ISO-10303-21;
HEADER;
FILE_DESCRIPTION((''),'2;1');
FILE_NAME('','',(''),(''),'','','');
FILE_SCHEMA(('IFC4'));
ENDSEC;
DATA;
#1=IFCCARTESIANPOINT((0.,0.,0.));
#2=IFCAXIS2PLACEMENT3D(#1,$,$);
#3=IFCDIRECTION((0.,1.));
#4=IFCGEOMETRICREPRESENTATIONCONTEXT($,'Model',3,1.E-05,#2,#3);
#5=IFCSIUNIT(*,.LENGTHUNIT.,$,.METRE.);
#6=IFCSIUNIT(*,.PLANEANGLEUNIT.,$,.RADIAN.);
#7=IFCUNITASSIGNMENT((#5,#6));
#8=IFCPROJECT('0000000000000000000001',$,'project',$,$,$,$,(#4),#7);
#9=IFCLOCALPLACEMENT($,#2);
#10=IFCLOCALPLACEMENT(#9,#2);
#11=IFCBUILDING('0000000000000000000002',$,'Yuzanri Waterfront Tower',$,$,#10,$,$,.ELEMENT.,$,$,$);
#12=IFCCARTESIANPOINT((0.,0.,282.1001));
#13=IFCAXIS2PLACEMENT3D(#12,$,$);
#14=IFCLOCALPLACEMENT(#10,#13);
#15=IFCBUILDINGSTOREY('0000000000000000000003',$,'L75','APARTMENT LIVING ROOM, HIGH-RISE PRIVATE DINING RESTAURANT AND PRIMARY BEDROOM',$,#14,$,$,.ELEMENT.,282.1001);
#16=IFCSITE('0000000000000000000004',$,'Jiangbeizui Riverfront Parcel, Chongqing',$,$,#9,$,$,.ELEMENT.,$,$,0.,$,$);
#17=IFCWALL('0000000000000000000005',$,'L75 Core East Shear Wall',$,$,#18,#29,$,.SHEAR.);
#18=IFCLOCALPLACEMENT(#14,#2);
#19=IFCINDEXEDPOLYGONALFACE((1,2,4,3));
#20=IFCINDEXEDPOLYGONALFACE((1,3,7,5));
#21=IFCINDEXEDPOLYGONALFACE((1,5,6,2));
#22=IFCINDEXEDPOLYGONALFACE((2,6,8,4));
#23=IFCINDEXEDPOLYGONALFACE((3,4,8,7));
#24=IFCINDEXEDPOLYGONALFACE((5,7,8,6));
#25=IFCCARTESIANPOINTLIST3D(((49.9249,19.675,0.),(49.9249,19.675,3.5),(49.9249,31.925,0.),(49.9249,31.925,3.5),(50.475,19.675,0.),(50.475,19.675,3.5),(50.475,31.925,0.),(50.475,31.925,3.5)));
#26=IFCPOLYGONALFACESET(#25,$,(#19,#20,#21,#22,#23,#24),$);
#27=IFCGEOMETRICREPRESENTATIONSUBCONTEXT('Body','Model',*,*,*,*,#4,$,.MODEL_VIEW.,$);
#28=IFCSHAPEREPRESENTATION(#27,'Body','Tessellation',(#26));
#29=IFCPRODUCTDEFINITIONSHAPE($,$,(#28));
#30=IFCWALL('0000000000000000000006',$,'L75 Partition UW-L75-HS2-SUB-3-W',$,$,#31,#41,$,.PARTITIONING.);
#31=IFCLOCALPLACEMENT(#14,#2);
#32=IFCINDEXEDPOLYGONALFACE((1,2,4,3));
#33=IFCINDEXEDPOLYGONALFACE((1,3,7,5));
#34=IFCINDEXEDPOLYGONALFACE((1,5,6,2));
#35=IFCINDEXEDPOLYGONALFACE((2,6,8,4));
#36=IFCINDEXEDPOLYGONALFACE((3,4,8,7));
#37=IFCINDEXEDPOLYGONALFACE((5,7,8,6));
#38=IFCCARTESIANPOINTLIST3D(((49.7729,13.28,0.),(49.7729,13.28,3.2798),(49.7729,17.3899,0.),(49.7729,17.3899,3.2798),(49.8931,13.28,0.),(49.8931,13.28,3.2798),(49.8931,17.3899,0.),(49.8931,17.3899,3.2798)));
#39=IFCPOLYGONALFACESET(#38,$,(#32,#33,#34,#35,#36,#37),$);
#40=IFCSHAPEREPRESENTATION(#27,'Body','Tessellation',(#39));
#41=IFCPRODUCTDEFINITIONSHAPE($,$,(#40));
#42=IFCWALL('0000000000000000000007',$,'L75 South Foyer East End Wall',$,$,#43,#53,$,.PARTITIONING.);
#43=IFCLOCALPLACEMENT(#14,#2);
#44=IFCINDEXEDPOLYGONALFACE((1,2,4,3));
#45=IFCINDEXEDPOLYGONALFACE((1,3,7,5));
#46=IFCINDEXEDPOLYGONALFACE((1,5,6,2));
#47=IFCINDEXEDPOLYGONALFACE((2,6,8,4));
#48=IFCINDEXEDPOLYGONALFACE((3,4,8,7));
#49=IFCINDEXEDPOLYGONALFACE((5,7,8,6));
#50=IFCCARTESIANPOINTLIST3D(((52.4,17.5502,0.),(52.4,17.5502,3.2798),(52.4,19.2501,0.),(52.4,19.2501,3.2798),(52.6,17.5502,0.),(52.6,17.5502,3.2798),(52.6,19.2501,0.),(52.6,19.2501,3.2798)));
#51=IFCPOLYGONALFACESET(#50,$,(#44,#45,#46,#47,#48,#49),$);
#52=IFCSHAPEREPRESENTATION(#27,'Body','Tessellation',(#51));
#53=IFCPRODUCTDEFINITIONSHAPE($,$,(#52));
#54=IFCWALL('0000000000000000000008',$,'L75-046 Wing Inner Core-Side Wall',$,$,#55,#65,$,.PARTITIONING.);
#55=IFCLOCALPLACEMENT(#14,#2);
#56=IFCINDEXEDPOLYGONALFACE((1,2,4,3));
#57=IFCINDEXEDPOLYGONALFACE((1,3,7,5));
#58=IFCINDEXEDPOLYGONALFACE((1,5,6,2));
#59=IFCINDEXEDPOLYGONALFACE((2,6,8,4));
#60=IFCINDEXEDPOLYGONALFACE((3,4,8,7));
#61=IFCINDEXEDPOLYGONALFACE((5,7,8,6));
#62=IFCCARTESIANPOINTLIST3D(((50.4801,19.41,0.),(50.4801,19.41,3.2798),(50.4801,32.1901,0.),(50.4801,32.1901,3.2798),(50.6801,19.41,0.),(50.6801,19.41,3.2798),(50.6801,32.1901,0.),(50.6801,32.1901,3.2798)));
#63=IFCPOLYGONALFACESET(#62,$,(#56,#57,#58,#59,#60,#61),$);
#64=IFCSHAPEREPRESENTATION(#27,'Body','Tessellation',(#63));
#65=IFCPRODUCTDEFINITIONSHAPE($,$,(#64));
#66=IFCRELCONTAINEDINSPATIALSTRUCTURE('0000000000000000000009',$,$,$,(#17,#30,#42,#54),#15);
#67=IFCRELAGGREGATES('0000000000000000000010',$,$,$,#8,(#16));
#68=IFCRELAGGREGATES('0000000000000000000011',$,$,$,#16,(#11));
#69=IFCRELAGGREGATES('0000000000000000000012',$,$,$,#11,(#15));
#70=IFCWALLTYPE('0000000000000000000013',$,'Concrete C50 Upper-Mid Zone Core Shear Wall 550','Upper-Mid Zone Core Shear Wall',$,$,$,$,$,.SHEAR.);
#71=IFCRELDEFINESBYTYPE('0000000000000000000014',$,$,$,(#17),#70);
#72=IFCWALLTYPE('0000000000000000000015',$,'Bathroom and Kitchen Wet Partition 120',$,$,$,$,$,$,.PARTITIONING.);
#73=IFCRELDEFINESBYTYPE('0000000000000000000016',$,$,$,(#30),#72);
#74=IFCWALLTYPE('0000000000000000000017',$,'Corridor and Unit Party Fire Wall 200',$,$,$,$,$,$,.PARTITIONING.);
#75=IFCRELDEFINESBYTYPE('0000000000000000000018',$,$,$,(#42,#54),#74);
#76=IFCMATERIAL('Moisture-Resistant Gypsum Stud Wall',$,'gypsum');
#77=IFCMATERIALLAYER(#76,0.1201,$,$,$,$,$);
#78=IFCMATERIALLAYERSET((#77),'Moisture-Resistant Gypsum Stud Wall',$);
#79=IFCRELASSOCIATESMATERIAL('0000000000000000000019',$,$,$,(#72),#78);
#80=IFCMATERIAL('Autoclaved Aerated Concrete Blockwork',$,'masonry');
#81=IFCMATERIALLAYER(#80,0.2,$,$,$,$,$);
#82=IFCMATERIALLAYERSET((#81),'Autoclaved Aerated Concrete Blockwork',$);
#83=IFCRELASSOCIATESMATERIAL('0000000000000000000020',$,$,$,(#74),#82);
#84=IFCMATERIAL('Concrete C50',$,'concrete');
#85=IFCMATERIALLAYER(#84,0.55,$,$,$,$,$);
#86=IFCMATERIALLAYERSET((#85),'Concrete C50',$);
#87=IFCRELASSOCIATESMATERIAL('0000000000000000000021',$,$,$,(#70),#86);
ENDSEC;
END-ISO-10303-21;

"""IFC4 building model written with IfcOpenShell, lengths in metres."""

from ifc_helpers import new_model, si_unit, direction, frame, frame_2d, origin, place, context, subcontext, project, spatial, rectangle, extrude, source, transform, mapped, material, layer, layer_set, type_object, element, save


model = new_model("IFC4")

# Units and contexts
model_context = context("Model", 3, precision=1e-05, world=origin(), true_north=direction((0.0, 1.0)))
body_context = subcontext(model_context, "Body", "Model", "MODEL_VIEW")
ifc_project = project(units=[si_unit("LENGTHUNIT", "METRE"), si_unit("PLANEANGLEUNIT", "RADIAN")], contexts=[model_context])

# Site, building, storey
site_placement = place(None, origin())
site = spatial("IfcSite", under=ifc_project, at=site_placement, Name="Jiangbeizui Riverfront Parcel, Chongqing", CompositionType="ELEMENT", RefElevation=0.0)
building_placement = place(site_placement, origin())
building = spatial("IfcBuilding", under=site, at=building_placement, Name="Yuzanri Waterfront Tower", CompositionType="ELEMENT")
storey_placement = place(building_placement, frame((0.0, 0.0, 282.1001)))
storey = spatial("IfcBuildingStorey", under=building, at=storey_placement, Name="L75", Description="APARTMENT LIVING ROOM, HIGH-RISE PRIVATE DINING RESTAURANT AND PRIMARY BEDROOM", CompositionType="ELEMENT", Elevation=282.1001)

# Shared definitions
ifc_material_1 = material(Name="Moisture-Resistant Gypsum Stud Wall", Category="gypsum")
ifc_layer_1 = layer(ifc_material_1, 0.1201)
ifc_layer_set_1 = layer_set([ifc_layer_1], Name="Moisture-Resistant Gypsum Stud Wall")
wall_type_1 = type_object("IfcWallType", Name="Bathroom and Kitchen Wet Partition 120", PredefinedType="PARTITIONING", material=ifc_layer_set_1)
ifc_material_2 = material(Name="Autoclaved Aerated Concrete Blockwork", Category="masonry")
ifc_layer_2 = layer(ifc_material_2, 0.2)
ifc_layer_set_2 = layer_set([ifc_layer_2], Name="Autoclaved Aerated Concrete Blockwork")
wall_type_2 = type_object("IfcWallType", Name="Corridor and Unit Party Fire Wall 200", PredefinedType="PARTITIONING", material=ifc_layer_set_2)

# Walls
ifc_material_3 = material(Name="Concrete C50", Category="concrete")
ifc_layer_3 = layer(ifc_material_3, 0.55)
ifc_layer_set_3 = layer_set([ifc_layer_3], Name="Concrete C50")
wall_type_3 = type_object("IfcWallType", Name="Concrete C50 Upper-Mid Zone Core Shear Wall 550", Description="Upper-Mid Zone Core Shear Wall", PredefinedType="SHEAR", material=ifc_layer_set_3)
shared_shape_1 = source(origin(), body_context, "Body", "SweptSolid", [
    extrude(rectangle(XDim=12.25, YDim=0.55, at=frame_2d((6.125, 0.0))), origin(), (0.0, 0.0, 1.0), 3.5),
])
wall_1_placement = place(storey_placement, frame((50.2, 19.675, 0.0), z_axis=(0.0, 0.0, 1.0), x_axis=(0.0, 1.0, 0.0)))
element("IfcWall", 1, at=wall_1_placement, inside=storey, type_object=wall_type_3, Name="L75 Core East Shear Wall", PredefinedType="SHEAR", context=body_context, shape_type="MappedRepresentation", body=[
    mapped(shared_shape_1, transform((0.0, 0.0, 0.0), scale=1.0)),
])
shared_shape_2 = source(origin(), body_context, "Body", "SweptSolid", [
    extrude(rectangle(XDim=4.1099, YDim=0.1201, at=frame_2d((2.0549, 0.0))), origin(), (0.0, 0.0, 1.0), 3.2798),
])
wall_2_placement = place(storey_placement, frame((49.833, 13.28, 0.0), z_axis=(0.0, 0.0, 1.0), x_axis=(0.0, 1.0, 0.0)))
element("IfcWall", 2, at=wall_2_placement, inside=storey, type_object=wall_type_1, Name="L75 Partition UW-L75-HS2-SUB-3-W", PredefinedType="PARTITIONING", context=body_context, shape_type="MappedRepresentation", body=[
    mapped(shared_shape_2, transform((0.0, 0.0, 0.0), scale=1.0)),
])
shared_shape_3 = source(origin(), body_context, "Body", "SweptSolid", [
    extrude(rectangle(XDim=1.7, YDim=0.2, at=frame_2d((0.8501, 0.0))), origin(), (0.0, 0.0, 1.0), 3.2798),
])
wall_3_placement = place(storey_placement, frame((52.5, 17.55, 0.0), z_axis=(0.0, 0.0, 1.0), x_axis=(0.0, 1.0, 0.0)))
element("IfcWall", 3, at=wall_3_placement, inside=storey, type_object=wall_type_2, Name="L75 South Foyer East End Wall", PredefinedType="PARTITIONING", context=body_context, shape_type="MappedRepresentation", body=[
    mapped(shared_shape_3, transform((0.0, 0.0, 0.0), scale=1.0)),
])
shared_shape_4 = source(origin(), body_context, "Body", "SweptSolid", [
    extrude(rectangle(XDim=12.78, YDim=0.2, at=frame_2d((6.3901, 0.0))), origin(), (0.0, 0.0, 1.0), 3.2798),
])
wall_4_placement = place(storey_placement, frame((50.5801, 19.4099, 0.0), z_axis=(0.0, 0.0, 1.0), x_axis=(0.0, 1.0, 0.0)))
element("IfcWall", 4, at=wall_4_placement, inside=storey, type_object=wall_type_2, Name="L75-046 Wing Inner Core-Side Wall", PredefinedType="PARTITIONING", context=body_context, shape_type="MappedRepresentation", body=[
    mapped(shared_shape_4, transform((0.0, 0.0, 0.0), scale=1.0)),
])

save(model, "model.ifc")
